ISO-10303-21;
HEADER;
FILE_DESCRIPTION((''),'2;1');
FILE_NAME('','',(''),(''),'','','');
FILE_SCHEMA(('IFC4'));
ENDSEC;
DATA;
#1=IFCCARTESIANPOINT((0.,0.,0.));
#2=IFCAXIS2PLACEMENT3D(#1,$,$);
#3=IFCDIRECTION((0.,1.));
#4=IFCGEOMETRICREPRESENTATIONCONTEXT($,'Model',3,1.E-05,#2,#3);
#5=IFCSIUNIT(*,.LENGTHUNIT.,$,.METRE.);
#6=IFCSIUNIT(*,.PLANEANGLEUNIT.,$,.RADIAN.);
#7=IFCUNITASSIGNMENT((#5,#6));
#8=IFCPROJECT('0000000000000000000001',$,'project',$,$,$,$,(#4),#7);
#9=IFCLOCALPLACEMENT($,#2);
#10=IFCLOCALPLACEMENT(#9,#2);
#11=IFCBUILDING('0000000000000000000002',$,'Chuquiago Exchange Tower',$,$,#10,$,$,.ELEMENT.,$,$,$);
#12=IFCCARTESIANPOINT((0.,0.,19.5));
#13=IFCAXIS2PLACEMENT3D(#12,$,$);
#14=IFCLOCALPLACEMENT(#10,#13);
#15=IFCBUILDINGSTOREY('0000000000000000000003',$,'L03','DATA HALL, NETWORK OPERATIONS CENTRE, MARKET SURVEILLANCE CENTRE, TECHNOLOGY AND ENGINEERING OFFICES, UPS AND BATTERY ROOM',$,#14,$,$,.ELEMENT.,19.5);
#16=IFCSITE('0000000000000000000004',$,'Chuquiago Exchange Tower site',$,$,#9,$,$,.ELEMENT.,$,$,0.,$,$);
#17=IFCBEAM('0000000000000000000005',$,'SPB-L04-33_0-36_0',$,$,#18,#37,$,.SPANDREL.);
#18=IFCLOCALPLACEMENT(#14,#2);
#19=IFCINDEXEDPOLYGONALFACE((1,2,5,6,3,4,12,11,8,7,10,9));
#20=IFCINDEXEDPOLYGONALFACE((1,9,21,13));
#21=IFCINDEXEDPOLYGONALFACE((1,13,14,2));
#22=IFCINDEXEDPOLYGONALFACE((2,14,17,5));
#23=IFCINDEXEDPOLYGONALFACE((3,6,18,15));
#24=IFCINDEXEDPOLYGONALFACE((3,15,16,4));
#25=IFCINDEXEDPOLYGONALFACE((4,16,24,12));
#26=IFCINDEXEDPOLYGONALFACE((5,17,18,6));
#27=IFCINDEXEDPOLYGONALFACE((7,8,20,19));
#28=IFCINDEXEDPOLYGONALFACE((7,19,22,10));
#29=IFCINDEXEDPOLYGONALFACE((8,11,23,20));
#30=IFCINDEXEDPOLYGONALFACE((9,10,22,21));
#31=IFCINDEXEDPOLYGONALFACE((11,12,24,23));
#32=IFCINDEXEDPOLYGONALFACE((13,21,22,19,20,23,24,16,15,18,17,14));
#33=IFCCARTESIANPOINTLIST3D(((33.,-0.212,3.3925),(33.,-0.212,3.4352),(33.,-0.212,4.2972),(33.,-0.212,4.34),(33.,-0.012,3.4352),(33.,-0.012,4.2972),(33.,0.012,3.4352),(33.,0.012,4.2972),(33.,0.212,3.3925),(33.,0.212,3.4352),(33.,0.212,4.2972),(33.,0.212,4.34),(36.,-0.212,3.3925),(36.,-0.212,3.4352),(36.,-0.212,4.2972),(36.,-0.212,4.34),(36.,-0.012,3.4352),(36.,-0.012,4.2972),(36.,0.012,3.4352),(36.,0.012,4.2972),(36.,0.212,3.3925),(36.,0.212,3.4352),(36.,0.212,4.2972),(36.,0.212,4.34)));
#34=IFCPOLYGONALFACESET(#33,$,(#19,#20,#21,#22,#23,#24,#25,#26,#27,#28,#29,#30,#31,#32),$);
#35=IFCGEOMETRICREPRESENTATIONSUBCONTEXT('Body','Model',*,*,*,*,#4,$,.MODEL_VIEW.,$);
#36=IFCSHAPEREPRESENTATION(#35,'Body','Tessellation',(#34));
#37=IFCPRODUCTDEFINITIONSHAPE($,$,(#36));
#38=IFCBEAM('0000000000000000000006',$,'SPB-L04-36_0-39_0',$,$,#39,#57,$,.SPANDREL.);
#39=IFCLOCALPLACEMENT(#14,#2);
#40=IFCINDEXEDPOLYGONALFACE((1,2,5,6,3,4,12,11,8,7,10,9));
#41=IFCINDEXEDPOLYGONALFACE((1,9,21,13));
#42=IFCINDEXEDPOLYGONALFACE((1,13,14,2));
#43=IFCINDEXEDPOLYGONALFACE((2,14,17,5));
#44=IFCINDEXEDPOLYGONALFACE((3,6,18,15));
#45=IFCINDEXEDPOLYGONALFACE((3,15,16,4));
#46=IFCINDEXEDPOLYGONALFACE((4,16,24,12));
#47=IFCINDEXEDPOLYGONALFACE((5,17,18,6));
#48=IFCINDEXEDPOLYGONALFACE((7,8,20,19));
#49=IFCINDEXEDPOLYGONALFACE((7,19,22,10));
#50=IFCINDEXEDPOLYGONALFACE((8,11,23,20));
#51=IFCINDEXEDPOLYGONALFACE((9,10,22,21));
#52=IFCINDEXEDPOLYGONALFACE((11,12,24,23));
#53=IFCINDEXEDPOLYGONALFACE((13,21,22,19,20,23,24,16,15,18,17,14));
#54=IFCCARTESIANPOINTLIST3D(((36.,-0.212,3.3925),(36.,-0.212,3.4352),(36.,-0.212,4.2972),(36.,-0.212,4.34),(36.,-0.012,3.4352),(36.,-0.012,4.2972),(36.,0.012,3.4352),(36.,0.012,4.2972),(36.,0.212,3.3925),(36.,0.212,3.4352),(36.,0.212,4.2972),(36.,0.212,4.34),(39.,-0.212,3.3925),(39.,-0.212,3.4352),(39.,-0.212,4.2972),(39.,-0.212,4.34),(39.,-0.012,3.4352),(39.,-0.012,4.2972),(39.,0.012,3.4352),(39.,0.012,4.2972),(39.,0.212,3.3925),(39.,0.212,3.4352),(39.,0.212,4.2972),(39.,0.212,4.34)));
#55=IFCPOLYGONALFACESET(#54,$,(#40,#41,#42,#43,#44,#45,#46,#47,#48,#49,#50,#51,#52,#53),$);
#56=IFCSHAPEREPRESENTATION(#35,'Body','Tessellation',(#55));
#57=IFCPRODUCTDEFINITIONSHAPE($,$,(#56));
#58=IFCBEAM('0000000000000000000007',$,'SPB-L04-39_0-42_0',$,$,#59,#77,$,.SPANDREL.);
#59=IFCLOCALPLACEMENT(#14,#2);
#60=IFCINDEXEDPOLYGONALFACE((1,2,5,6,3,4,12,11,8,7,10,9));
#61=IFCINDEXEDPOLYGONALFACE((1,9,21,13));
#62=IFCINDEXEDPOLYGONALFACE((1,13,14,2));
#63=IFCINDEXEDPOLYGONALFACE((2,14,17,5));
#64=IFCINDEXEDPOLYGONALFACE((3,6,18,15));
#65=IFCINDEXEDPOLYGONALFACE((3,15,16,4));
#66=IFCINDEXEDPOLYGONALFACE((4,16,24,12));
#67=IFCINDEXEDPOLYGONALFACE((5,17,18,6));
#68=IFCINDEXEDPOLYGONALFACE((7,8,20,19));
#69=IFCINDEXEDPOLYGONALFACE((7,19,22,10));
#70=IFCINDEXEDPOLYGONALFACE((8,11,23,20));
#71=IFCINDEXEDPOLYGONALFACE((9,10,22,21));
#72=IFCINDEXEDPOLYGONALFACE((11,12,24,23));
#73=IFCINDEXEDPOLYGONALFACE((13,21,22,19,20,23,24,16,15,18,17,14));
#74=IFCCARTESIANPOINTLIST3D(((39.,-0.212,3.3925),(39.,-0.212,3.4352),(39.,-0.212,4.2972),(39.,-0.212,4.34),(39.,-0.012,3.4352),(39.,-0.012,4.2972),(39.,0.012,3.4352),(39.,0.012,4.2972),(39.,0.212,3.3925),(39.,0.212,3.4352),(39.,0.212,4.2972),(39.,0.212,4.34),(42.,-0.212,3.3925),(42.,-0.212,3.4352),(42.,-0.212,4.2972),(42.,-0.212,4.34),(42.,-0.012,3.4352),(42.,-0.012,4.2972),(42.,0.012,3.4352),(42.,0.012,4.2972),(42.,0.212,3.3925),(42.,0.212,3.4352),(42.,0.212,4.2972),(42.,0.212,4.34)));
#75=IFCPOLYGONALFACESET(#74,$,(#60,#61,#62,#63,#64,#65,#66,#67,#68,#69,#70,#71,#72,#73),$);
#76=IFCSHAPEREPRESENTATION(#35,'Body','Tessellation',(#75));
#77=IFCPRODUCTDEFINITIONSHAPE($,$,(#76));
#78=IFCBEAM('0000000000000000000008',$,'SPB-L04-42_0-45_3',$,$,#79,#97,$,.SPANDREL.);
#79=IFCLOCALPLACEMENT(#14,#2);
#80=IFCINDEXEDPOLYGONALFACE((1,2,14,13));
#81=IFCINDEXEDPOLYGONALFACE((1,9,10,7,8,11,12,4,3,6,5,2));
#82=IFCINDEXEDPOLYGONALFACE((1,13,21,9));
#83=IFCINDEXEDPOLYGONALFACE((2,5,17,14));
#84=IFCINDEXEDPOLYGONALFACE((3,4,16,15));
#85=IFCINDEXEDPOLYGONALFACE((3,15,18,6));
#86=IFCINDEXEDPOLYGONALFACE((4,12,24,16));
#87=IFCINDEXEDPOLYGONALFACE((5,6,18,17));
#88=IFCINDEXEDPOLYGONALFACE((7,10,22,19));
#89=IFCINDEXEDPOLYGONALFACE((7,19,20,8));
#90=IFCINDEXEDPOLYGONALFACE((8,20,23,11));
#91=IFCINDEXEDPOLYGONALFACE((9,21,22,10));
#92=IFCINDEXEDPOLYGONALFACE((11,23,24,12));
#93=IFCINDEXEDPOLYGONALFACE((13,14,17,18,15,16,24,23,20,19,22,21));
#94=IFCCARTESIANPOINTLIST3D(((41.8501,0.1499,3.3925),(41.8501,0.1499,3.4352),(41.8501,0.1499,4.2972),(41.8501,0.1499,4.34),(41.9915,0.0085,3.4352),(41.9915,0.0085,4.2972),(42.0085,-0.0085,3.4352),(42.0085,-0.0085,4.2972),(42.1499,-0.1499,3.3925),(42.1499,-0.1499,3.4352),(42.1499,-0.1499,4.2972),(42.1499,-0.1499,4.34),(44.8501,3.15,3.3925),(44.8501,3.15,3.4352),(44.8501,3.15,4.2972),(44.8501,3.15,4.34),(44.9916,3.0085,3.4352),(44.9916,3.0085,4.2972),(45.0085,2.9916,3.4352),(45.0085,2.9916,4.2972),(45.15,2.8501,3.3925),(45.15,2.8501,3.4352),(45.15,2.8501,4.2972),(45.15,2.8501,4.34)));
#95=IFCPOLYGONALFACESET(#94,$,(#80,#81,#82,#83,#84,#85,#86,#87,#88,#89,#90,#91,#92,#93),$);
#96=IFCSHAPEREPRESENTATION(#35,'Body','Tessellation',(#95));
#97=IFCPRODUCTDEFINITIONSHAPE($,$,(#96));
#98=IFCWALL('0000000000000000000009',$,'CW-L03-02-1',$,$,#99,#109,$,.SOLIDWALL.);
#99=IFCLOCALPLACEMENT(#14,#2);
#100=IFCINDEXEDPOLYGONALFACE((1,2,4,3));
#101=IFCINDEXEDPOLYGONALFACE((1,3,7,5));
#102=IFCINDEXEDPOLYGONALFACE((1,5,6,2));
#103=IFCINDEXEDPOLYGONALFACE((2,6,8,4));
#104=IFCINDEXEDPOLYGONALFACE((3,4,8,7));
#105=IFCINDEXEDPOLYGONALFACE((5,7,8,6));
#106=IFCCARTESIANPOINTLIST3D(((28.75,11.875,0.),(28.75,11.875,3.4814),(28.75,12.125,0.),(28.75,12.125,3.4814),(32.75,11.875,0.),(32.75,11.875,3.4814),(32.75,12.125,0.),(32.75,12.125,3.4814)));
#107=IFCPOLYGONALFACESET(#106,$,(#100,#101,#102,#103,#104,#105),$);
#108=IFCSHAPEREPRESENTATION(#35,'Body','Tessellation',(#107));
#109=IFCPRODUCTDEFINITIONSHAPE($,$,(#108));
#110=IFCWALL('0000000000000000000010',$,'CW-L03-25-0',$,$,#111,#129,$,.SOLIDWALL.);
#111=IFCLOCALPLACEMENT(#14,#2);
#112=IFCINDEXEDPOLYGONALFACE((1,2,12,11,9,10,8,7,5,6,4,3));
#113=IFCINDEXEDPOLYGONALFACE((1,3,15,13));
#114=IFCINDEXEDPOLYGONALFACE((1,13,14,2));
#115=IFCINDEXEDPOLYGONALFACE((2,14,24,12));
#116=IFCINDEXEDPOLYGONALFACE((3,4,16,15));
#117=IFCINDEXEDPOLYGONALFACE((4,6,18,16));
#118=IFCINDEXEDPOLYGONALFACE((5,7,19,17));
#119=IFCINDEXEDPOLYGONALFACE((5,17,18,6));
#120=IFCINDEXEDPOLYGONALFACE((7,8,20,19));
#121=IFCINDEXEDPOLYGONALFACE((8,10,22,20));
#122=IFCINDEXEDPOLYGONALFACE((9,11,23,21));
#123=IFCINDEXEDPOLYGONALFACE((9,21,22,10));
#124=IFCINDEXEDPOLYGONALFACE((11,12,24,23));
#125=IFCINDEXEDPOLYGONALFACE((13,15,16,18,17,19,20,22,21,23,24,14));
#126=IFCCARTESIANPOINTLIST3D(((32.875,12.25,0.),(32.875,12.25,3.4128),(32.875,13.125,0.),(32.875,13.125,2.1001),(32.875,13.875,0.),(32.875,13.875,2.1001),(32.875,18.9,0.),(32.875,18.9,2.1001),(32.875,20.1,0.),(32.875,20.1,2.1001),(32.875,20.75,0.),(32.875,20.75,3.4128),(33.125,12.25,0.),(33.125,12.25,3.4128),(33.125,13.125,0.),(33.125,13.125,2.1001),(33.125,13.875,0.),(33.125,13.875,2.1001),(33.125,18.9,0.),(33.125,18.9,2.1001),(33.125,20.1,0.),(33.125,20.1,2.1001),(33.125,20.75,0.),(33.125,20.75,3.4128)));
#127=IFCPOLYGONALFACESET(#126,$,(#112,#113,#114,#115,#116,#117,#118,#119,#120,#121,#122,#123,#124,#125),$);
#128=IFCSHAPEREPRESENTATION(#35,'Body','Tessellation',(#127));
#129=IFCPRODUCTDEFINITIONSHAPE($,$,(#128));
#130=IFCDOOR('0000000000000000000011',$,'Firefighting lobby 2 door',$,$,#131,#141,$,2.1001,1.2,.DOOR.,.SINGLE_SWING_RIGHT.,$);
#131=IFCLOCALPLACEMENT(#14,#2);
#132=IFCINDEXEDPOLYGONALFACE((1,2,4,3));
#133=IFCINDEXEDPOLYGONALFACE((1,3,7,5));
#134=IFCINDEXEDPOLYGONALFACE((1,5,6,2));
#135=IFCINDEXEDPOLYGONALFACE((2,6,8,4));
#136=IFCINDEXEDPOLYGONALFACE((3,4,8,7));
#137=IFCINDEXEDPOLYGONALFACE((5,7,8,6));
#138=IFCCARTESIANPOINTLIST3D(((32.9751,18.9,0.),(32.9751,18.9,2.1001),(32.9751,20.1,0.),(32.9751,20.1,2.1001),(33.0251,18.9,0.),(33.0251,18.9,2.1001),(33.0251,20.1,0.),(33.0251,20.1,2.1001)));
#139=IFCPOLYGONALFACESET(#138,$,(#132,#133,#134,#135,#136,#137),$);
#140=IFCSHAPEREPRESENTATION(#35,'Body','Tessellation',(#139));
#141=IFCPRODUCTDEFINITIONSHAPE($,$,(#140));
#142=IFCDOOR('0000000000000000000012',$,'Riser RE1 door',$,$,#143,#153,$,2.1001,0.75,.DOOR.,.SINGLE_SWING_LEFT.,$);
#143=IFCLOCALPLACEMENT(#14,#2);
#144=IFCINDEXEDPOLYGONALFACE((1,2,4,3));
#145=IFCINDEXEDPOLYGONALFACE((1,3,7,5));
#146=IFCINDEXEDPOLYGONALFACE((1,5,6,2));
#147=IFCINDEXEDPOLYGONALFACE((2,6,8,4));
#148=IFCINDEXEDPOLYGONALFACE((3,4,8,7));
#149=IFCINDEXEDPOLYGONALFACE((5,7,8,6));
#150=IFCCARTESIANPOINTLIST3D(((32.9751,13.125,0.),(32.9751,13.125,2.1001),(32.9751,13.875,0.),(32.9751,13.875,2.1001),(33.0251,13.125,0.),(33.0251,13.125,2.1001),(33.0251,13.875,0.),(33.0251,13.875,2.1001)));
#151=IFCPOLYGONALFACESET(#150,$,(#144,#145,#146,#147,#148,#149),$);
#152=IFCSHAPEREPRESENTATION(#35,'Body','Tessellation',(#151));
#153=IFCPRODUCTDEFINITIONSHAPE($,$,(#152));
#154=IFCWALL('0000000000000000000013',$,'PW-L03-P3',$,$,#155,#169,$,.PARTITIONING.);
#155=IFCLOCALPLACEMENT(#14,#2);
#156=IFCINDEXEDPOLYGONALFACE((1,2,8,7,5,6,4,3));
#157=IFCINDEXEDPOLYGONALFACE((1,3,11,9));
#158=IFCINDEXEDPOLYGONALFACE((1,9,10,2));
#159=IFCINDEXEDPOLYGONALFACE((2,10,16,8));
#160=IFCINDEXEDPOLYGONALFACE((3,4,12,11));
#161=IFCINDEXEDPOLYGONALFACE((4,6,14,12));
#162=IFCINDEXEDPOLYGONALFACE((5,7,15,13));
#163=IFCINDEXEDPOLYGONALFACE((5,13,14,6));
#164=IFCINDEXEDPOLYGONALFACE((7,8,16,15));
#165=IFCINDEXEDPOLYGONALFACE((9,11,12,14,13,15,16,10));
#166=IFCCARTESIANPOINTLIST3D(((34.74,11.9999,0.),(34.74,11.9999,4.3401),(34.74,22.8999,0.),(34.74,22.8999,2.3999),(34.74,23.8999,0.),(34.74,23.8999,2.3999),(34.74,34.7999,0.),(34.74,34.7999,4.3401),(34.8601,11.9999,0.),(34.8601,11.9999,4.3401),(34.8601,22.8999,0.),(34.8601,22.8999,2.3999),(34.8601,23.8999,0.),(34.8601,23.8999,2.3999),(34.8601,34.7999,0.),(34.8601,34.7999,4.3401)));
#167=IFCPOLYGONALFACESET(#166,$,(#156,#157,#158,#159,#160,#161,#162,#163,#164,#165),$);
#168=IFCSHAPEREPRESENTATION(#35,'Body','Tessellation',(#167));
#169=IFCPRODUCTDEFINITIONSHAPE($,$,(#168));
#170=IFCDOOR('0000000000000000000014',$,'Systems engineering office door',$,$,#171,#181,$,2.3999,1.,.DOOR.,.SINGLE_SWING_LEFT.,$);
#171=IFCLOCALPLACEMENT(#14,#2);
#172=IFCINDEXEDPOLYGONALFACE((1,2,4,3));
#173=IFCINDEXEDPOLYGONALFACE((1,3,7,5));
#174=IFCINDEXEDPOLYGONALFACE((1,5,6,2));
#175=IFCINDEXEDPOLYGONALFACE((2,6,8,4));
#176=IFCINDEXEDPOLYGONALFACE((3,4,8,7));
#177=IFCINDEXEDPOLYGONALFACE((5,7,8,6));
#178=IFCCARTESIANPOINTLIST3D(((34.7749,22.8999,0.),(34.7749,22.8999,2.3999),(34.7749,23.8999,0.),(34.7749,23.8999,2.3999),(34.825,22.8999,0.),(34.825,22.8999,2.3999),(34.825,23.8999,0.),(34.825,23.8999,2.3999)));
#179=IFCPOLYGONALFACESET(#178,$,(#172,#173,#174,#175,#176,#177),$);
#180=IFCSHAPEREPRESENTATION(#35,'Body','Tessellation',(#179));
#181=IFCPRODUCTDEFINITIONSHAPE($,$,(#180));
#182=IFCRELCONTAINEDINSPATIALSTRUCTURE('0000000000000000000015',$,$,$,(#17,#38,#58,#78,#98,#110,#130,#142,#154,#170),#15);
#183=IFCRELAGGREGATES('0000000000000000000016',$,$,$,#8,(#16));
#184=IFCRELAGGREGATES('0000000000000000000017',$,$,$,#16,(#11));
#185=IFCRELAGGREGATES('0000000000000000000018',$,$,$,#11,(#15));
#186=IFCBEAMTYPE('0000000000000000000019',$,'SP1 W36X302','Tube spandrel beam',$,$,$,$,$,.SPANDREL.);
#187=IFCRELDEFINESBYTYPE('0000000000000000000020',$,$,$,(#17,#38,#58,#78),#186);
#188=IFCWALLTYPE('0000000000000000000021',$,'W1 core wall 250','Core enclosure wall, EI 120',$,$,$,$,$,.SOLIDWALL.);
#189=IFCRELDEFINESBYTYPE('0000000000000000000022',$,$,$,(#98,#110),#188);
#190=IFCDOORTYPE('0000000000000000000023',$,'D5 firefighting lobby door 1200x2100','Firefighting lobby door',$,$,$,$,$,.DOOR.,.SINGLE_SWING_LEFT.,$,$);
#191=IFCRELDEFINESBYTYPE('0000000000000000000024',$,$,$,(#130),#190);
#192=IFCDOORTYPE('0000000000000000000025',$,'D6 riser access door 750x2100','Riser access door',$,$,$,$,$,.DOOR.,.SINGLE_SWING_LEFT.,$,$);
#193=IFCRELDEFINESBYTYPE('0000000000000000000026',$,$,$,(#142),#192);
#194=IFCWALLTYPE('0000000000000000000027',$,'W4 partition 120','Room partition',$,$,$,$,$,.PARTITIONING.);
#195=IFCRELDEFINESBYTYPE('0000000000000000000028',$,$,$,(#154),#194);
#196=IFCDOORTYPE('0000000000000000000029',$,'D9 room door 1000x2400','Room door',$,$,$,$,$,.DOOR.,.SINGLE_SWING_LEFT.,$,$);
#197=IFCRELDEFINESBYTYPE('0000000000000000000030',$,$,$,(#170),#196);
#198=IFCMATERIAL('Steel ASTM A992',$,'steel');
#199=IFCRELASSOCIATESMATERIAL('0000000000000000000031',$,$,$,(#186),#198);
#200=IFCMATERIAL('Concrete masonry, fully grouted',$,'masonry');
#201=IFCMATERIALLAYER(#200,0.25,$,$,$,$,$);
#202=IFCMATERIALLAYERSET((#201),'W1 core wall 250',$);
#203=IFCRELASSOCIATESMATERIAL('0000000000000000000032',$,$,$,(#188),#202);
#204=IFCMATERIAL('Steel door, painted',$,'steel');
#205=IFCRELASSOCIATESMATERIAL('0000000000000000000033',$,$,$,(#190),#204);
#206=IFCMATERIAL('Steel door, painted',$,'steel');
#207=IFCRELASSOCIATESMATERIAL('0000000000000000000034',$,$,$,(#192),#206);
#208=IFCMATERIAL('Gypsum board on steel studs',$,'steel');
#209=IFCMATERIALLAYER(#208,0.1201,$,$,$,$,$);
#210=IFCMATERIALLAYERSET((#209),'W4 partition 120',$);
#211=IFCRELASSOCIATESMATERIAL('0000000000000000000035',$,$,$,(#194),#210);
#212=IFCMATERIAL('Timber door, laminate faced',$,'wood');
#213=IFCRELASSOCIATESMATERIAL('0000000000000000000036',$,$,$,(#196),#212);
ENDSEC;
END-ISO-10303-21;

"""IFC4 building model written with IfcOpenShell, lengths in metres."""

from ifc_helpers import new_model, si_unit, direction, frame, frame_2d, origin, origin_2d, place, context, subcontext, project, spatial, rectangle, i_section, extrude, material, layer, layer_set, material_profile, profile_set, type_object, element, fill, save


model = new_model("IFC4")

# Units and contexts
model_context = context("Model", 3, precision=1e-05, world=origin(), true_north=direction((0.0, 1.0)))
body_context = subcontext(model_context, "Body", "Model", "MODEL_VIEW")
ifc_project = project(units=[si_unit("LENGTHUNIT", "METRE"), si_unit("PLANEANGLEUNIT", "RADIAN")], contexts=[model_context])

# Site, building, storey
site_placement = place(None, origin())
site = spatial("IfcSite", under=ifc_project, at=site_placement, Name="Chuquiago Exchange Tower site", CompositionType="ELEMENT", RefElevation=0.0)
building_placement = place(site_placement, origin())
building = spatial("IfcBuilding", under=site, at=building_placement, Name="Chuquiago Exchange Tower", CompositionType="ELEMENT")
storey_placement = place(building_placement, frame((0.0, 0.0, 19.5)))
storey = spatial("IfcBuildingStorey", under=building, at=storey_placement, Name="L03", Description="DATA HALL, NETWORK OPERATIONS CENTRE, MARKET SURVEILLANCE CENTRE, TECHNOLOGY AND ENGINEERING OFFICES, UPS AND BATTERY ROOM", CompositionType="ELEMENT", Elevation=19.5)

# Beams
ifc_material_1 = material(Name="Steel ASTM A992", Category="steel")
ifc_material_profile_1 = material_profile(ifc_material_1, i_section(OverallWidth=0.4241, OverallDepth=0.9475, WebThickness=0.0239, FlangeThickness=0.0427, at=origin_2d()), Name="W36X302")
ifc_profile_set_1 = profile_set([ifc_material_profile_1], Name="Steel ASTM A992")
beam_type_1 = type_object("IfcBeamType", Name="SP1 W36X302", Description="Tube spandrel beam", PredefinedType="SPANDREL", material=ifc_profile_set_1)
for number, where, z_axis, x_axis, name in (
    (1, (33.0, 0.0, 3.8662), (1.0, 0.0, 0.0), (0.0, 1.0, 0.0), "SPB-L04-33_0-36_0"),
    (2, (36.0, 0.0, 3.8662), (1.0, 0.0, 0.0), (0.0, 1.0, 0.0), "SPB-L04-36_0-39_0"),
    (3, (39.0, 0.0, 3.8662), (1.0, 0.0, 0.0), (0.0, 1.0, 0.0), "SPB-L04-39_0-42_0"),
):
    element("IfcBeam", number, at=place(storey_placement, frame(where, z_axis=z_axis, x_axis=x_axis)), inside=storey, type_object=beam_type_1, Name=name, PredefinedType="SPANDREL", context=body_context, shape_type="SweptSolid", body=[
        extrude(i_section(OverallWidth=0.4241, OverallDepth=0.9475, WebThickness=0.0239, FlangeThickness=0.0427, at=origin_2d()), origin(), (0.0, 0.0, 1.0), 3.0),
    ])
beam_1_placement = place(storey_placement, frame((42.0, 0.0, 3.8662), z_axis=(0.707107, 0.707107, 0.0), x_axis=(-0.707107, 0.707107, 0.0)))
element("IfcBeam", 4, at=beam_1_placement, inside=storey, type_object=beam_type_1, Name="SPB-L04-42_0-45_3", PredefinedType="SPANDREL", context=body_context, shape_type="SweptSolid", body=[
    extrude(i_section(OverallWidth=0.4241, OverallDepth=0.9475, WebThickness=0.0239, FlangeThickness=0.0427, at=origin_2d()), origin(), (0.0, 0.0, 1.0), 4.2427),
])

# Wall
ifc_material_2 = material(Name="Concrete masonry, fully grouted", Category="masonry")
ifc_layer_1 = layer(ifc_material_2, 0.25)
ifc_layer_set_1 = layer_set([ifc_layer_1], Name="W1 core wall 250")
wall_type_1 = type_object("IfcWallType", Name="W1 core wall 250", Description="Core enclosure wall, EI 120", PredefinedType="SOLIDWALL", material=ifc_layer_set_1)
wall_1_placement = place(storey_placement, frame((28.75, 12.0, 0.0), z_axis=(0.0, 0.0, 1.0), x_axis=(1.0, 0.0, 0.0)))
element("IfcWall", 5, at=wall_1_placement, inside=storey, type_object=wall_type_1, Name="CW-L03-02-1", PredefinedType="SOLIDWALL", context=body_context, shape_type="SweptSolid", body=[
    extrude(rectangle(XDim=4.0, YDim=0.25, at=frame_2d((2.0, 0.0))), origin(), (0.0, 0.0, 1.0), 3.4814),
])

# Wall, openings, doors
wall_2_placement = place(storey_placement, frame((33.0, 12.25, 0.0), z_axis=(0.0, 0.0, 1.0), x_axis=(0.0, 1.0, 0.0)))
wall_2 = element("IfcWall", 6, at=wall_2_placement, inside=storey, type_object=wall_type_1, Name="CW-L03-25-0", PredefinedType="SOLIDWALL", context=body_context, shape_type="SweptSolid", body=[
    extrude(rectangle(XDim=8.5, YDim=0.25, at=frame_2d((4.25, 0.0))), origin(), (0.0, 0.0, 1.0), 3.4128),
])
opening_1_placement = place(wall_2_placement, frame((6.6499, 0.0, 0.0)))
opening_1 = element("IfcOpeningElement", 7, at=opening_1_placement, cuts=wall_2, PredefinedType="OPENING", context=body_context, shape_type="SweptSolid", body=[
    extrude(rectangle(XDim=1.2, YDim=2.1001, at=frame_2d((0.6001, 1.05))), frame((0.0, 0.135, 0.0), z_axis=(0.0, -1.0, 0.0), x_axis=(1.0, 0.0, 0.0)), (0.0, 0.0, 1.0), 0.27),
])
opening_2_placement = place(wall_2_placement, frame((0.875, 0.0, 0.0)))
opening_2 = element("IfcOpeningElement", 8, at=opening_2_placement, cuts=wall_2, PredefinedType="OPENING", context=body_context, shape_type="SweptSolid", body=[
    extrude(rectangle(XDim=0.75, YDim=2.1001, at=frame_2d((0.375, 1.05))), frame((0.0, 0.135, 0.0), z_axis=(0.0, -1.0, 0.0), x_axis=(1.0, 0.0, 0.0)), (0.0, 0.0, 1.0), 0.27),
])
ifc_material_3 = material(Name="Steel door, painted", Category="steel")
door_type_1 = type_object("IfcDoorType", Name="D5 firefighting lobby door 1200x2100", Description="Firefighting lobby door", OperationType="SINGLE_SWING_LEFT", PredefinedType="DOOR", material=ifc_material_3)
door_1_placement = place(opening_1_placement, origin())
door_1 = element("IfcDoor", 9, at=door_1_placement, inside=storey, type_object=door_type_1, Name="Firefighting lobby 2 door", OperationType="SINGLE_SWING_RIGHT", OverallHeight=2.1001, OverallWidth=1.2, PredefinedType="DOOR", context=body_context, shape_type="SweptSolid", body=[
    extrude(rectangle(XDim=1.2, YDim=2.1001, at=frame_2d((0.6001, 1.05))), frame((0.0, 0.0249, 0.0), z_axis=(0.0, -1.0, 0.0), x_axis=(1.0, 0.0, 0.0)), (0.0, 0.0, 1.0), 0.05),
])
fill(opening_1, door_1)
ifc_material_4 = material(Name="Steel door, painted", Category="steel")
door_type_2 = type_object("IfcDoorType", Name="D6 riser access door 750x2100", Description="Riser access door", OperationType="SINGLE_SWING_LEFT", PredefinedType="DOOR", material=ifc_material_4)
door_2_placement = place(opening_2_placement, origin())
door_2 = element("IfcDoor", 10, at=door_2_placement, inside=storey, type_object=door_type_2, Name="Riser RE1 door", OperationType="SINGLE_SWING_LEFT", OverallHeight=2.1001, OverallWidth=0.75, PredefinedType="DOOR", context=body_context, shape_type="SweptSolid", body=[
    extrude(rectangle(XDim=0.75, YDim=2.1001, at=frame_2d((0.375, 1.05))), frame((0.0, 0.0249, 0.0), z_axis=(0.0, -1.0, 0.0), x_axis=(1.0, 0.0, 0.0)), (0.0, 0.0, 1.0), 0.05),
])
fill(opening_2, door_2)

# Wall, opening, door
ifc_material_5 = material(Name="Gypsum board on steel studs", Category="steel")
ifc_layer_2 = layer(ifc_material_5, 0.1201)
ifc_layer_set_2 = layer_set([ifc_layer_2], Name="W4 partition 120")
wall_type_2 = type_object("IfcWallType", Name="W4 partition 120", Description="Room partition", PredefinedType="PARTITIONING", material=ifc_layer_set_2)
wall_3_placement = place(storey_placement, frame((34.8, 12.0, 0.0), z_axis=(0.0, 0.0, 1.0), x_axis=(0.0, 1.0, 0.0)))
wall_3 = element("IfcWall", 11, at=wall_3_placement, inside=storey, type_object=wall_type_2, Name="PW-L03-P3", PredefinedType="PARTITIONING", context=body_context, shape_type="SweptSolid", body=[
    extrude(rectangle(XDim=22.8, YDim=0.1201, at=frame_2d((11.3999, 0.0))), origin(), (0.0, 0.0, 1.0), 4.3401),
])
opening_3_placement = place(wall_3_placement, frame((10.8999, 0.0, 0.0)))
opening_3 = element("IfcOpeningElement", 12, at=opening_3_placement, cuts=wall_3, PredefinedType="OPENING", context=body_context, shape_type="SweptSolid", body=[
    extrude(rectangle(XDim=1.0, YDim=2.3999, at=frame_2d((0.5, 1.2))), frame((0.0, 0.0701, 0.0), z_axis=(0.0, -1.0, 0.0), x_axis=(1.0, 0.0, 0.0)), (0.0, 0.0, 1.0), 0.1401),
])
ifc_material_6 = material(Name="Timber door, laminate faced", Category="wood")
door_type_3 = type_object("IfcDoorType", Name="D9 room door 1000x2400", Description="Room door", OperationType="SINGLE_SWING_LEFT", PredefinedType="DOOR", material=ifc_material_6)
door_3_placement = place(opening_3_placement, frame((1.0, 0.0, 0.0), z_axis=(0.0, 0.0, 1.0), x_axis=(-1.0, 0.0, 0.0)))
door_3 = element("IfcDoor", 13, at=door_3_placement, inside=storey, type_object=door_type_3, Name="Systems engineering office door", OperationType="SINGLE_SWING_LEFT", OverallHeight=2.3999, OverallWidth=1.0, PredefinedType="DOOR", context=body_context, shape_type="SweptSolid", body=[
    extrude(rectangle(XDim=1.0, YDim=2.3999, at=frame_2d((0.5, 1.2))), frame((0.0, 0.0249, 0.0), z_axis=(0.0, -1.0, 0.0), x_axis=(1.0, 0.0, 0.0)), (0.0, 0.0, 1.0), 0.05),
])
fill(opening_3, door_3)

save(model, "model.ifc")
